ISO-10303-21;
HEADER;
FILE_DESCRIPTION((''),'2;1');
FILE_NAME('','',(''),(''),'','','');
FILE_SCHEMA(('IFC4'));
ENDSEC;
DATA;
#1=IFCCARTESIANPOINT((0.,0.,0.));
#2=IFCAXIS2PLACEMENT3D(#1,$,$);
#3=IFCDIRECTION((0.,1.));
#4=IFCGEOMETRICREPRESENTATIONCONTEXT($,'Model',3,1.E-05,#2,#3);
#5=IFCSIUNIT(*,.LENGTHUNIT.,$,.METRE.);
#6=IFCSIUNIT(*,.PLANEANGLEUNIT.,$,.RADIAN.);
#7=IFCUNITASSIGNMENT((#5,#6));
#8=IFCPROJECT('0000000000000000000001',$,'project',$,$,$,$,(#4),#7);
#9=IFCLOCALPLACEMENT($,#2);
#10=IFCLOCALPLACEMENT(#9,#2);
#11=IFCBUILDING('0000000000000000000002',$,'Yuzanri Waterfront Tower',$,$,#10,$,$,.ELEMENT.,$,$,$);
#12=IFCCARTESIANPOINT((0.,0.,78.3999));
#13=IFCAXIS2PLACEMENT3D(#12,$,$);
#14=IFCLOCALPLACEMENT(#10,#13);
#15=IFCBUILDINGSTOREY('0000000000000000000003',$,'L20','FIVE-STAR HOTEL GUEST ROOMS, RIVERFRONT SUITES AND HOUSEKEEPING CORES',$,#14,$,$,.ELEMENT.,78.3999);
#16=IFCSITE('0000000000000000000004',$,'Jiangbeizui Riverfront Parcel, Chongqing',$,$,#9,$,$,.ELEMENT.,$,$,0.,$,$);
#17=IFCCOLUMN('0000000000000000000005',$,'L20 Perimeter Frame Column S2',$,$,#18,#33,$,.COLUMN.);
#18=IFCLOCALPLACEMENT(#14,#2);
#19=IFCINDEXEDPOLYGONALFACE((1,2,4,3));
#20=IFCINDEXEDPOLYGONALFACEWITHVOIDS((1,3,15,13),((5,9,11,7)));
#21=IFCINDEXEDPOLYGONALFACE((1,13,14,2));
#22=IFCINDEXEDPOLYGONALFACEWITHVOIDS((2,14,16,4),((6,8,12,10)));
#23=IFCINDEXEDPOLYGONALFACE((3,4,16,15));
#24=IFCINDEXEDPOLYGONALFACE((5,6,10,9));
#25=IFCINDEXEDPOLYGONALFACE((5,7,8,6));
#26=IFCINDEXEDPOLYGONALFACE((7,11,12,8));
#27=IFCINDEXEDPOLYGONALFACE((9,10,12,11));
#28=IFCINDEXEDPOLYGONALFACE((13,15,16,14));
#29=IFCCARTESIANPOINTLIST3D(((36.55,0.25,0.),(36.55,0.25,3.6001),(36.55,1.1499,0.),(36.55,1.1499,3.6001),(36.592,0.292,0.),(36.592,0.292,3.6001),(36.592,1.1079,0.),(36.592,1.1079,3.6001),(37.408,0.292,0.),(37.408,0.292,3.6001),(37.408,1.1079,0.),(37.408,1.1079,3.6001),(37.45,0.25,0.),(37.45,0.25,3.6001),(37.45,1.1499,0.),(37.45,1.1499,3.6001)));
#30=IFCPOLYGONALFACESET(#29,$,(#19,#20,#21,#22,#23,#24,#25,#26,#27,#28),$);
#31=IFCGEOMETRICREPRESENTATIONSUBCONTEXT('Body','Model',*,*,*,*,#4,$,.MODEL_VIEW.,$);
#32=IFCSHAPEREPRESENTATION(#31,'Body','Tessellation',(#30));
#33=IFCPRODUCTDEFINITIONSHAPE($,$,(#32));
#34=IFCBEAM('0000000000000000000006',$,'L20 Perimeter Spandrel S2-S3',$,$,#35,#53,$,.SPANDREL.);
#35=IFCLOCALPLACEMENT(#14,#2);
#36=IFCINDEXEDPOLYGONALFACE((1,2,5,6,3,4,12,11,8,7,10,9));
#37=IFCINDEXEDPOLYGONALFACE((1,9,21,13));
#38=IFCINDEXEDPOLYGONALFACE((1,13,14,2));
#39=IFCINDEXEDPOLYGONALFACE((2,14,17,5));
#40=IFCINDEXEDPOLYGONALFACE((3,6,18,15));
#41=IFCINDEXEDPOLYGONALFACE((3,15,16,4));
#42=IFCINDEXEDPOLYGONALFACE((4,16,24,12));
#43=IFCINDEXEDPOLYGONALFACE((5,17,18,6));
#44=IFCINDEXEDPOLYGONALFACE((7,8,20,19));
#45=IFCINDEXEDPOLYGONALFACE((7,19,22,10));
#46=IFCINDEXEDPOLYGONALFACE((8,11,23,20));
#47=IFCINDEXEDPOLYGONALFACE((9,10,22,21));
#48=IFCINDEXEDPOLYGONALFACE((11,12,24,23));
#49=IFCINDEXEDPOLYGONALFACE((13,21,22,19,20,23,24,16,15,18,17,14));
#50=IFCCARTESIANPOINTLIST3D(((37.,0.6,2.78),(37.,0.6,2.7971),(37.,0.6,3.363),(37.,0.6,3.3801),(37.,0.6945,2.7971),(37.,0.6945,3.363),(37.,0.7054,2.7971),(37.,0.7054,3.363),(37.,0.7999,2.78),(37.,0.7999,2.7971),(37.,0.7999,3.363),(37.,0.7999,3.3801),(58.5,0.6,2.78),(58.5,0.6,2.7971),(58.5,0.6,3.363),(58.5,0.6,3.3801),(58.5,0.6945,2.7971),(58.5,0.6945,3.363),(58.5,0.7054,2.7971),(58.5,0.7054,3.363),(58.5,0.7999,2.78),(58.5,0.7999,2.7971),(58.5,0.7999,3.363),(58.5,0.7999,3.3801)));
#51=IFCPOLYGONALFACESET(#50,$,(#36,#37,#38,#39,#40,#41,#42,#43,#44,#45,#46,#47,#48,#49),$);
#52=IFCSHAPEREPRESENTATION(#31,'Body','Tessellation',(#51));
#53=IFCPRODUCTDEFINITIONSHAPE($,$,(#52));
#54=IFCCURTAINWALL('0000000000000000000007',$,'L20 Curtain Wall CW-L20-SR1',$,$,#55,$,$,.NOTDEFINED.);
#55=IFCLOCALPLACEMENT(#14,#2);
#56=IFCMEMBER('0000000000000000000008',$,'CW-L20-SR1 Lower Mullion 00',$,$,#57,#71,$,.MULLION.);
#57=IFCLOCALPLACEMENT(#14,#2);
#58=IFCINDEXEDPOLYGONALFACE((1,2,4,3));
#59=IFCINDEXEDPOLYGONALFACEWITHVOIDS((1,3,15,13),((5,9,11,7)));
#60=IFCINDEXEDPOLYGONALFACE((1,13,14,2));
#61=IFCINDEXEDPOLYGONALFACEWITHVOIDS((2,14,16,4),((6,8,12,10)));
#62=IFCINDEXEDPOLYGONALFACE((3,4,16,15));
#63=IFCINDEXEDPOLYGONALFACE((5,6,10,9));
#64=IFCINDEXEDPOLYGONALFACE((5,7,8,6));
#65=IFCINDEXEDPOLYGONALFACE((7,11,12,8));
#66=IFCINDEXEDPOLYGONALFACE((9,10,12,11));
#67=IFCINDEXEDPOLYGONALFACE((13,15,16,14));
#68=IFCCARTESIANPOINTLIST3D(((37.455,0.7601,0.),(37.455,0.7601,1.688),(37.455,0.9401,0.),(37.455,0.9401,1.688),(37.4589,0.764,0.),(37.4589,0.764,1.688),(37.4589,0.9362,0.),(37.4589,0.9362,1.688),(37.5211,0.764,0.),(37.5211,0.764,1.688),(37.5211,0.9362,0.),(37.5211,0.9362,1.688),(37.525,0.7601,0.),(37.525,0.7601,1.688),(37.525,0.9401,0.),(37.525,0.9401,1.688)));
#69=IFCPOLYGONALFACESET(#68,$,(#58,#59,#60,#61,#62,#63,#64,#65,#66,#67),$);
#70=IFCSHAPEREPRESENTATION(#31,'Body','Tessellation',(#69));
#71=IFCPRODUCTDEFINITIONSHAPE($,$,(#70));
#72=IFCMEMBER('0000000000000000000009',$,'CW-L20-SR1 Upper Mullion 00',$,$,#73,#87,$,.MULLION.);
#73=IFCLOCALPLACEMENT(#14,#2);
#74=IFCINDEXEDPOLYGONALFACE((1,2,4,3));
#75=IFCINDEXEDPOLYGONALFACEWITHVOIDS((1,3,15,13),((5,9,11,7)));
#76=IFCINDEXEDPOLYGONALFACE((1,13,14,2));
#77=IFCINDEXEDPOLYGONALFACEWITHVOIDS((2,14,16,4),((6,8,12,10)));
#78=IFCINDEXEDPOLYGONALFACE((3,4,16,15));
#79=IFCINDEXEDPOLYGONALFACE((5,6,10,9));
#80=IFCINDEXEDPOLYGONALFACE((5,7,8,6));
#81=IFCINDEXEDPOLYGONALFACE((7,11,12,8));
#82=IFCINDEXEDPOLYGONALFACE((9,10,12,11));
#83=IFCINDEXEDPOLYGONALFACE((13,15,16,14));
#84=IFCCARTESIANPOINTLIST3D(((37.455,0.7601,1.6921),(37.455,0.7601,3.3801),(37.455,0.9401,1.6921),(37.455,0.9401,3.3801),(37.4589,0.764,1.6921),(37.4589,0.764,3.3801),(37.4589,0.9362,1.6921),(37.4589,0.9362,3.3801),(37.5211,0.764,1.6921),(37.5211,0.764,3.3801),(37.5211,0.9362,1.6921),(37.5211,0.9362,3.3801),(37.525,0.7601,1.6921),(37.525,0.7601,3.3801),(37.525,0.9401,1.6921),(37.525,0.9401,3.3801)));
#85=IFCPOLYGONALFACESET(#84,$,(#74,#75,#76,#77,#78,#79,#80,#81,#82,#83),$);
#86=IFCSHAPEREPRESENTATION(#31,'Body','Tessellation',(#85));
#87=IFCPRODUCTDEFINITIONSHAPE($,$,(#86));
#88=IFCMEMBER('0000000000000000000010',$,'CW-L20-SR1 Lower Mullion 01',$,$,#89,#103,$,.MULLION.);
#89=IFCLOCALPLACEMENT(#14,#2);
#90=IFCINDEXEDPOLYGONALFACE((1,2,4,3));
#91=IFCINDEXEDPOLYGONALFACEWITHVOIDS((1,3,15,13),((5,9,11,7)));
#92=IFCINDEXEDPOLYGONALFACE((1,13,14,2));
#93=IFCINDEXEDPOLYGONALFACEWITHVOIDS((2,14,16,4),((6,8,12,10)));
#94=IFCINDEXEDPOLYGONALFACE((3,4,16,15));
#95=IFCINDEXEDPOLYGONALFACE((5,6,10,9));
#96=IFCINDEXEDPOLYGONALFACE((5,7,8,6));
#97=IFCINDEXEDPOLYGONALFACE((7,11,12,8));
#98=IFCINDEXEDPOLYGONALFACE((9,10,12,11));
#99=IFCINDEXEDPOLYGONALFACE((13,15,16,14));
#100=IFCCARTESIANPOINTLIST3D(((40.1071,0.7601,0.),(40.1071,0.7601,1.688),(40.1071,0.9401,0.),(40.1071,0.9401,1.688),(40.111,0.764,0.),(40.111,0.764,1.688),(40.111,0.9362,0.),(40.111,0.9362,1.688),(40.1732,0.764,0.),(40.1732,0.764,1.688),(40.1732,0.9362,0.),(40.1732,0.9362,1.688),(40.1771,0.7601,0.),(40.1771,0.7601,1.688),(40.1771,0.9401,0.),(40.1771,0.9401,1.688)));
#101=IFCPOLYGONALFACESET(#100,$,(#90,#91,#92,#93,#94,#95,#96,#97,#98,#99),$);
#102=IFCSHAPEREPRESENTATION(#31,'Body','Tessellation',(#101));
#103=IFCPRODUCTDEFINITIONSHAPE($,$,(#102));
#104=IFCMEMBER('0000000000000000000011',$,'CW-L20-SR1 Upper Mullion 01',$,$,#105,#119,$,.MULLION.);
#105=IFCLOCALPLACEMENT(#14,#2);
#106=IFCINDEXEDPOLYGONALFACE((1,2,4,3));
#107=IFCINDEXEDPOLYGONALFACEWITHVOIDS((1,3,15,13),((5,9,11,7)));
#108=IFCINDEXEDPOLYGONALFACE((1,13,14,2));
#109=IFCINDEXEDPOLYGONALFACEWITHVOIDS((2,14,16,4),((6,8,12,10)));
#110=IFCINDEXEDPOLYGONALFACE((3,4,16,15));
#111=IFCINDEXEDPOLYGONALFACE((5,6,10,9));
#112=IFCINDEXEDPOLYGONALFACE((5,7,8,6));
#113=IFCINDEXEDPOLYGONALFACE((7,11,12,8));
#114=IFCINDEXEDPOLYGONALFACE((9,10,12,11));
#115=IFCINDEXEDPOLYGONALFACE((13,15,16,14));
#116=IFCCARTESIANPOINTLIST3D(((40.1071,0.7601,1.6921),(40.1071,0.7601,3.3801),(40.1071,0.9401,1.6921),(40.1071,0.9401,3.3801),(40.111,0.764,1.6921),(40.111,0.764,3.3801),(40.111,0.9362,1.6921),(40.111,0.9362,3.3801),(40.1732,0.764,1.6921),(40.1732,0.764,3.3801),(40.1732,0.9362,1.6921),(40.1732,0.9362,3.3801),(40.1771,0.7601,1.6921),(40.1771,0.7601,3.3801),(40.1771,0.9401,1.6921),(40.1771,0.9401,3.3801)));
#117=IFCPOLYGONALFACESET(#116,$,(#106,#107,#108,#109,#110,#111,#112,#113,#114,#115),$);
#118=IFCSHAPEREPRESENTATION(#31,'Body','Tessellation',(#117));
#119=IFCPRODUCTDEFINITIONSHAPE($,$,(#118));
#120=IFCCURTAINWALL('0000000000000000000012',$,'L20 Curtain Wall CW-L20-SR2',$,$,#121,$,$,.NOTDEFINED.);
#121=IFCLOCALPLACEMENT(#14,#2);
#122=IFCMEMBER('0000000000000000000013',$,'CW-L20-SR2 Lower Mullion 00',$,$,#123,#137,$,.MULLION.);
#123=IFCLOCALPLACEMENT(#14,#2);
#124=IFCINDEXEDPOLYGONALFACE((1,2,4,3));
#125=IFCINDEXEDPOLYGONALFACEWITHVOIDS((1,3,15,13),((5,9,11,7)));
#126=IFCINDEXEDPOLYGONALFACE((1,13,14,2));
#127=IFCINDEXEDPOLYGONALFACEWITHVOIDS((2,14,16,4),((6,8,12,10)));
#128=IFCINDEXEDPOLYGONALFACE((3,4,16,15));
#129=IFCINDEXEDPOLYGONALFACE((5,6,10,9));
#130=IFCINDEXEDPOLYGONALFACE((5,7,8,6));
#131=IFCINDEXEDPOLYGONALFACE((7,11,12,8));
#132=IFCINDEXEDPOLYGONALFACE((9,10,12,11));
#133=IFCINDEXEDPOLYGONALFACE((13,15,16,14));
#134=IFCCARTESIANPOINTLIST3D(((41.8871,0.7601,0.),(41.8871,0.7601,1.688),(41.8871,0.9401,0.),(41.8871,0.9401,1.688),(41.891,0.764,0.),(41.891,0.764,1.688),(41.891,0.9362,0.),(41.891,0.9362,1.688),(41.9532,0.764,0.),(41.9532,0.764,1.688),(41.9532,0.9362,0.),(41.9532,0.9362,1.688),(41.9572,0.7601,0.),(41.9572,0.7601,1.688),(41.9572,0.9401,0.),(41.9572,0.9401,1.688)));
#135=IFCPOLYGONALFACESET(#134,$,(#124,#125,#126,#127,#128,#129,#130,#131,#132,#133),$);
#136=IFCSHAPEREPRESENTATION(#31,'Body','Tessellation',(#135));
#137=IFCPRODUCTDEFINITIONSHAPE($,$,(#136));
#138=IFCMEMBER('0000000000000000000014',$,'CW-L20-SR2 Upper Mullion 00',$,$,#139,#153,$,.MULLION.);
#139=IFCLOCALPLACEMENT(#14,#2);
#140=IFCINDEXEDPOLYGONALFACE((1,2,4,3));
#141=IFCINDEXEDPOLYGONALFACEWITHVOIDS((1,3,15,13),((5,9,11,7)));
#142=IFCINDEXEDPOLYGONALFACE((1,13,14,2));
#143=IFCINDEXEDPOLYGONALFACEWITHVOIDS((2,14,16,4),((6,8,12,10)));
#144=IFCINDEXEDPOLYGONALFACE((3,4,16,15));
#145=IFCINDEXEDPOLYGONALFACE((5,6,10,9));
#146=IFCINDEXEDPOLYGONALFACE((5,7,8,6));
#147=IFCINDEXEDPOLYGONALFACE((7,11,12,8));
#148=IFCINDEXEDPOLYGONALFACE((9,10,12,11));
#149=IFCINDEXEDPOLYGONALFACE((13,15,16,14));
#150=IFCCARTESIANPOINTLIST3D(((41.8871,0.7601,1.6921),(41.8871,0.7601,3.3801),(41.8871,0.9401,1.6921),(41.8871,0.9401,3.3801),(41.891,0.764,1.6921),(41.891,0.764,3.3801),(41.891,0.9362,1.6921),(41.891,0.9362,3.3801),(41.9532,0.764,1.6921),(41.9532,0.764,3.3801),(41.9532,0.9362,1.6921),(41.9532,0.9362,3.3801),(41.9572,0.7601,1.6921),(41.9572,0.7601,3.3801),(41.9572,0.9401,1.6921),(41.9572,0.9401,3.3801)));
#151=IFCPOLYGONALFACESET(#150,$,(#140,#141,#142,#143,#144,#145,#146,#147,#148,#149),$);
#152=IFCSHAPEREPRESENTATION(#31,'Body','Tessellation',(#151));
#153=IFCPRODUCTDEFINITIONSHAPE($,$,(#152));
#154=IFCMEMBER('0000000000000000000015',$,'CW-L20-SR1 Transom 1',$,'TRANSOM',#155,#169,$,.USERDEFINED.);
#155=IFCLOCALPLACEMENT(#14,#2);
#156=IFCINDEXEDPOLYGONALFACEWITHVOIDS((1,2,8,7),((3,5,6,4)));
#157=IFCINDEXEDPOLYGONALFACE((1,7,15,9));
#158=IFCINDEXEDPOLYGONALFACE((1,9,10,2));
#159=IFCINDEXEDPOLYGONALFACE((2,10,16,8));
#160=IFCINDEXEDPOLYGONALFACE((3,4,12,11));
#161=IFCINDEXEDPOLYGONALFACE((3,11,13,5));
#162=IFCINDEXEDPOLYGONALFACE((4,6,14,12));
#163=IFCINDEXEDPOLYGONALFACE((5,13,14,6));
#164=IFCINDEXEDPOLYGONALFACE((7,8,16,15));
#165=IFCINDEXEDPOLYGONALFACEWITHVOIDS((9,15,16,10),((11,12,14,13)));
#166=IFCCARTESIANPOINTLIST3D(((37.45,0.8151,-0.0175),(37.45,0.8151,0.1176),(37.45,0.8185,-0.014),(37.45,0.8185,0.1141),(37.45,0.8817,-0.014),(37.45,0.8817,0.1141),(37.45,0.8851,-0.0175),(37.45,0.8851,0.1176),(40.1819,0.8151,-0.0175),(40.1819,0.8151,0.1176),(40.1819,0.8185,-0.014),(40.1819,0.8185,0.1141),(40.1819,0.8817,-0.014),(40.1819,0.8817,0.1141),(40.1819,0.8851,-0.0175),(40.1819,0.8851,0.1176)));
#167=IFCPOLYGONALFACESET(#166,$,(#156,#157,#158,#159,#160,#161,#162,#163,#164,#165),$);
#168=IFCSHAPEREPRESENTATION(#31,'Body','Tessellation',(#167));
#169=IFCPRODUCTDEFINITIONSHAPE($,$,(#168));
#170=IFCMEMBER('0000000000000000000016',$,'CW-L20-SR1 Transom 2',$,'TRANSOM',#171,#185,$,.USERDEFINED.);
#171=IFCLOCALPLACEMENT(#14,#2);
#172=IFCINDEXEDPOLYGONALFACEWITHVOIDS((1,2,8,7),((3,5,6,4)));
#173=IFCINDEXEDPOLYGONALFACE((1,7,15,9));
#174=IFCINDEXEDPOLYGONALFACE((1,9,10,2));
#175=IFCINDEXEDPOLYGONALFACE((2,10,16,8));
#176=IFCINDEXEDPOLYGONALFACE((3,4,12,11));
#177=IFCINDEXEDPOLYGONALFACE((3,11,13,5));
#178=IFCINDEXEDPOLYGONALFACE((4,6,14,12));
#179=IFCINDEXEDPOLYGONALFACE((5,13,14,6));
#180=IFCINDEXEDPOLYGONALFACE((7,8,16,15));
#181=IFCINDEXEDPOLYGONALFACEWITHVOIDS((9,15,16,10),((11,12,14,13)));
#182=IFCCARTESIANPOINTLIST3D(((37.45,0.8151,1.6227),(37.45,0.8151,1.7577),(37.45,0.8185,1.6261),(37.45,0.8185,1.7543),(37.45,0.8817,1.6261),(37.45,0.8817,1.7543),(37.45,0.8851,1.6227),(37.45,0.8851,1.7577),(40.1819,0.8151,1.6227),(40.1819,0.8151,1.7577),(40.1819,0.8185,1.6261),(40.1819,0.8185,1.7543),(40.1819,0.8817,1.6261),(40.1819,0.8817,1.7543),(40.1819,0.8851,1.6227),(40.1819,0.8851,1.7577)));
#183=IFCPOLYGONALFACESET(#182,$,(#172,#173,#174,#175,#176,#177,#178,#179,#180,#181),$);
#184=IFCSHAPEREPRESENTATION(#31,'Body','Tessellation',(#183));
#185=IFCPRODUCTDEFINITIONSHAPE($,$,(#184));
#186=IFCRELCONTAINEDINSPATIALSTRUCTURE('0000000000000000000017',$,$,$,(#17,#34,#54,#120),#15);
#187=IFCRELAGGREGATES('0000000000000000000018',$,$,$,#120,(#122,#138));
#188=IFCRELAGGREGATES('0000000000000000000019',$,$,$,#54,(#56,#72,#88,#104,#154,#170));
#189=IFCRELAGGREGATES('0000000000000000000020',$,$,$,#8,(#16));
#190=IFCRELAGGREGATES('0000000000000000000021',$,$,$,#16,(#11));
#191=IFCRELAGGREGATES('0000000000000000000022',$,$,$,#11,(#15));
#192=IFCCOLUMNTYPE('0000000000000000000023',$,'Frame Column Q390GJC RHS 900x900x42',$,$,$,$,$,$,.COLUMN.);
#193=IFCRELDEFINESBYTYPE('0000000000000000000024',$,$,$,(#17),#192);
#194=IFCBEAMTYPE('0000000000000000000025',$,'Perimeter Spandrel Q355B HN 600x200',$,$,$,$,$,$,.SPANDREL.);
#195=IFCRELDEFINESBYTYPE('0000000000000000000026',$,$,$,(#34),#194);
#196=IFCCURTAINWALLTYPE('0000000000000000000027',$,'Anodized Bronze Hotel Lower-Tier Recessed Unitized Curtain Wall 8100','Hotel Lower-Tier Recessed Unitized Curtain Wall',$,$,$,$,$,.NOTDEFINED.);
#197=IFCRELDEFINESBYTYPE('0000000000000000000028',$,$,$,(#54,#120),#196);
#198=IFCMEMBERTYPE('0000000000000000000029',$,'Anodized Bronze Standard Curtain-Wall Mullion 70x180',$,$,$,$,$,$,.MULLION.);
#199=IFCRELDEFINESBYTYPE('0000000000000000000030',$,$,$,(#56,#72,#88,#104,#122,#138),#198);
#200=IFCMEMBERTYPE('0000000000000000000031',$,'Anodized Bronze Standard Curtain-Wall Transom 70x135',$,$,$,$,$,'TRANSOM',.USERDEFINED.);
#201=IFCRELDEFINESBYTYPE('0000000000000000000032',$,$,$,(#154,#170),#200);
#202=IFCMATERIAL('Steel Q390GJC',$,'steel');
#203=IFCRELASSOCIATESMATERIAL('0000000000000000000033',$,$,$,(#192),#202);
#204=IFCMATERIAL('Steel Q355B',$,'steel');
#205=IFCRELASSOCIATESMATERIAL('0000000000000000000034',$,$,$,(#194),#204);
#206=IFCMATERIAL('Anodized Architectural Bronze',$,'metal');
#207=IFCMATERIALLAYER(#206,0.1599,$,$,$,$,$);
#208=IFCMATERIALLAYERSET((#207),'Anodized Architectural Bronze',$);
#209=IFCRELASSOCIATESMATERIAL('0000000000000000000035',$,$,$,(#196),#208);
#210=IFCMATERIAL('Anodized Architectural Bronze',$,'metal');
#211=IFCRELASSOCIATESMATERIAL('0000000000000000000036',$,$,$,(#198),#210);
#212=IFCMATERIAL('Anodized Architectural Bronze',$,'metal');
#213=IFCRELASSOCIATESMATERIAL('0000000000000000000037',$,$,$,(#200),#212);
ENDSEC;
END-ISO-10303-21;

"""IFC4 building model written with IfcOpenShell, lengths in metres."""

from ifc_helpers import new_model, si_unit, direction, frame, origin, origin_2d, place, context, subcontext, project, spatial, hollow_rectangle, i_section, extrude, source, transform, mapped, material, layer, layer_set, material_profile, profile_set, type_object, element, aggregate, save


model = new_model("IFC4")

# Units and contexts
model_context = context("Model", 3, precision=1e-05, world=origin(), true_north=direction((0.0, 1.0)))
body_context = subcontext(model_context, "Body", "Model", "MODEL_VIEW")
ifc_project = project(units=[si_unit("LENGTHUNIT", "METRE"), si_unit("PLANEANGLEUNIT", "RADIAN")], contexts=[model_context])

# Site, building, storey
site_placement = place(None, origin())
site = spatial("IfcSite", under=ifc_project, at=site_placement, Name="Jiangbeizui Riverfront Parcel, Chongqing", CompositionType="ELEMENT", RefElevation=0.0)
building_placement = place(site_placement, origin())
building = spatial("IfcBuilding", under=site, at=building_placement, Name="Yuzanri Waterfront Tower", CompositionType="ELEMENT")
storey_placement = place(building_placement, frame((0.0, 0.0, 78.3999)))
storey = spatial("IfcBuildingStorey", under=building, at=storey_placement, Name="L20", Description="FIVE-STAR HOTEL GUEST ROOMS, RIVERFRONT SUITES AND HOUSEKEEPING CORES", CompositionType="ELEMENT", Elevation=78.3999)

# Column
ifc_material_1 = material(Name="Steel Q390GJC", Category="steel")
ifc_material_profile_1 = material_profile(ifc_material_1, hollow_rectangle(XDim=0.8999, YDim=0.8999, WallThickness=0.042, at=origin_2d()), Name="RHS 900x900x42")
ifc_profile_set_1 = profile_set([ifc_material_profile_1], Name="Steel Q390GJC")
column_type = type_object("IfcColumnType", Name="Frame Column Q390GJC RHS 900x900x42", PredefinedType="COLUMN", material=ifc_profile_set_1)
shared_shape_1 = source(origin(), body_context, "Body", "SweptSolid", [
    extrude(hollow_rectangle(XDim=0.8999, YDim=0.8999, WallThickness=0.042, at=origin_2d()), origin(), (0.0, 0.0, 1.0), 3.6001),
])
column_placement = place(storey_placement, frame((37.0, 0.7, 0.0), z_axis=(0.0, 0.0, 1.0), x_axis=(1.0, 0.0, 0.0)))
element("IfcColumn", 1, at=column_placement, inside=storey, type_object=column_type, Name="L20 Perimeter Frame Column S2", PredefinedType="COLUMN", context=body_context, shape_type="MappedRepresentation", body=[
    mapped(shared_shape_1, transform((0.0, 0.0, 0.0), scale=1.0)),
])

# Beam
ifc_material_2 = material(Name="Steel Q355B", Category="steel")
ifc_material_profile_2 = material_profile(ifc_material_2, i_section(OverallWidth=0.2, OverallDepth=0.6001, WebThickness=0.011, FlangeThickness=0.0171, at=origin_2d()), Name="HN 600x200x11x17")
ifc_profile_set_2 = profile_set([ifc_material_profile_2], Name="Steel Q355B")
beam_type = type_object("IfcBeamType", Name="Perimeter Spandrel Q355B HN 600x200", PredefinedType="SPANDREL", material=ifc_profile_set_2)
shared_shape_2 = source(origin(), body_context, "Body", "SweptSolid", [
    extrude(i_section(OverallWidth=0.2, OverallDepth=0.6001, WebThickness=0.011, FlangeThickness=0.0171, at=origin_2d()), origin(), (0.0, 0.0, 1.0), 21.5),
])
beam_placement = place(storey_placement, frame((37.0, 0.7, 3.0801), z_axis=(1.0, 0.0, 0.0), x_axis=(0.0, 1.0, 0.0)))
element("IfcBeam", 2, at=beam_placement, inside=storey, type_object=beam_type, Name="L20 Perimeter Spandrel S2-S3", PredefinedType="SPANDREL", context=body_context, shape_type="MappedRepresentation", body=[
    mapped(shared_shape_2, transform((0.0, 0.0, 0.0), scale=1.0)),
])

# Curtain walls, members
ifc_material_3 = material(Name="Anodized Architectural Bronze", Category="metal")
ifc_layer_1 = layer(ifc_material_3, 0.1599)
ifc_layer_set_1 = layer_set([ifc_layer_1], Name="Anodized Architectural Bronze")
curtain_wall_type = type_object("IfcCurtainWallType", Name="Anodized Bronze Hotel Lower-Tier Recessed Unitized Curtain Wall 8100", Description="Hotel Lower-Tier Recessed Unitized Curtain Wall", PredefinedType="NOTDEFINED", material=ifc_layer_set_1)
curtain_wall_1_placement = place(storey_placement, origin())
curtain_wall_1 = element("IfcCurtainWall", 3, at=curtain_wall_1_placement, inside=storey, type_object=curtain_wall_type, Name="L20 Curtain Wall CW-L20-SR1", PredefinedType="NOTDEFINED")
ifc_material_4 = material(Name="Anodized Architectural Bronze", Category="metal")
ifc_material_profile_3 = material_profile(ifc_material_4, hollow_rectangle(XDim=0.0701, YDim=0.1799, WallThickness=0.0039, at=origin_2d()), Name="CWM 70x180")
ifc_profile_set_3 = profile_set([ifc_material_profile_3], Name="Anodized Architectural Bronze")
member_type_1 = type_object("IfcMemberType", Name="Anodized Bronze Standard Curtain-Wall Mullion 70x180", PredefinedType="MULLION", material=ifc_profile_set_3)
shared_shape_3 = source(origin(), body_context, "Body", "SweptSolid", [
    extrude(hollow_rectangle(XDim=0.0701, YDim=0.1799, WallThickness=0.0039, at=origin_2d()), origin(), (0.0, 0.0, 1.0), 1.688),
])
member_1_placement = place(storey_placement, frame((37.49, 0.8501, 0.0), z_axis=(0.0, 0.0, 1.0), x_axis=(1.0, 0.0, 0.0)))
member_1 = element("IfcMember", 4, at=member_1_placement, type_object=member_type_1, Name="CW-L20-SR1 Lower Mullion 00", PredefinedType="MULLION", context=body_context, shape_type="MappedRepresentation", body=[
    mapped(shared_shape_3, transform((0.0, 0.0, 0.0), scale=1.0)),
])
member_2_placement = place(storey_placement, frame((37.49, 0.8501, 1.6921), z_axis=(0.0, 0.0, 1.0), x_axis=(1.0, 0.0, 0.0)))
member_2 = element("IfcMember", 5, at=member_2_placement, type_object=member_type_1, Name="CW-L20-SR1 Upper Mullion 00", PredefinedType="MULLION", context=body_context, shape_type="MappedRepresentation", body=[
    mapped(shared_shape_3, transform((0.0, 0.0, 0.0), scale=1.0)),
])
member_3_placement = place(storey_placement, frame((40.1421, 0.8501, 0.0), z_axis=(0.0, 0.0, 1.0), x_axis=(1.0, 0.0, 0.0)))
member_3 = element("IfcMember", 6, at=member_3_placement, type_object=member_type_1, Name="CW-L20-SR1 Lower Mullion 01", PredefinedType="MULLION", context=body_context, shape_type="MappedRepresentation", body=[
    mapped(shared_shape_3, transform((0.0, 0.0, 0.0), scale=1.0)),
])
member_4_placement = place(storey_placement, frame((40.1421, 0.8501, 1.6921), z_axis=(0.0, 0.0, 1.0), x_axis=(1.0, 0.0, 0.0)))
member_4 = element("IfcMember", 7, at=member_4_placement, type_object=member_type_1, Name="CW-L20-SR1 Upper Mullion 01", PredefinedType="MULLION", context=body_context, shape_type="MappedRepresentation", body=[
    mapped(shared_shape_3, transform((0.0, 0.0, 0.0), scale=1.0)),
])
curtain_wall_2_placement = place(storey_placement, origin())
curtain_wall_2 = element("IfcCurtainWall", 8, at=curtain_wall_2_placement, inside=storey, type_object=curtain_wall_type, Name="L20 Curtain Wall CW-L20-SR2", PredefinedType="NOTDEFINED")
member_5_placement = place(storey_placement, frame((41.9221, 0.8501, 0.0), z_axis=(0.0, 0.0, 1.0), x_axis=(1.0, 0.0, 0.0)))
member_5 = element("IfcMember", 9, at=member_5_placement, type_object=member_type_1, Name="CW-L20-SR2 Lower Mullion 00", PredefinedType="MULLION", context=body_context, shape_type="MappedRepresentation", body=[
    mapped(shared_shape_3, transform((0.0, 0.0, 0.0), scale=1.0)),
])
member_6_placement = place(storey_placement, frame((41.9221, 0.8501, 1.6921), z_axis=(0.0, 0.0, 1.0), x_axis=(1.0, 0.0, 0.0)))
member_6 = element("IfcMember", 10, at=member_6_placement, type_object=member_type_1, Name="CW-L20-SR2 Upper Mullion 00", PredefinedType="MULLION", context=body_context, shape_type="MappedRepresentation", body=[
    mapped(shared_shape_3, transform((0.0, 0.0, 0.0), scale=1.0)),
])

# Members
ifc_material_5 = material(Name="Anodized Architectural Bronze", Category="metal")
ifc_material_profile_4 = material_profile(ifc_material_5, hollow_rectangle(XDim=0.0701, YDim=0.135, WallThickness=0.0034, at=origin_2d()), Name="CWT 70x135")
ifc_profile_set_4 = profile_set([ifc_material_profile_4], Name="Anodized Architectural Bronze")
member_type_2 = type_object("IfcMemberType", Name="Anodized Bronze Standard Curtain-Wall Transom 70x135", ElementType="TRANSOM", PredefinedType="USERDEFINED", material=ifc_profile_set_4)
shared_shape_4 = source(origin(), body_context, "Body", "SweptSolid", [
    extrude(hollow_rectangle(XDim=0.0701, YDim=0.135, WallThickness=0.0034, at=origin_2d()), origin(), (0.0, 0.0, 1.0), 2.7319),
])
member_7_placement = place(storey_placement, frame((37.45, 0.8501, 0.05), z_axis=(1.0, 0.0, 0.0), x_axis=(0.0, 1.0, 0.0)))
member_7 = element("IfcMember", 11, at=member_7_placement, type_object=member_type_2, Name="CW-L20-SR1 Transom 1", ObjectType="TRANSOM", PredefinedType="USERDEFINED", context=body_context, shape_type="MappedRepresentation", body=[
    mapped(shared_shape_4, transform((0.0, 0.0, 0.0), scale=1.0)),
])
member_8_placement = place(storey_placement, frame((37.45, 0.8501, 1.6902), z_axis=(1.0, 0.0, 0.0), x_axis=(0.0, 1.0, 0.0)))
member_8 = element("IfcMember", 12, at=member_8_placement, type_object=member_type_2, Name="CW-L20-SR1 Transom 2", ObjectType="TRANSOM", PredefinedType="USERDEFINED", context=body_context, shape_type="MappedRepresentation", body=[
    mapped(shared_shape_4, transform((0.0, 0.0, 0.0), scale=1.0)),
])
aggregate(curtain_wall_2, [member_5, member_6])

aggregate(curtain_wall_1, [member_1, member_2, member_3, member_4, member_7, member_8])

save(model, "model.ifc")
